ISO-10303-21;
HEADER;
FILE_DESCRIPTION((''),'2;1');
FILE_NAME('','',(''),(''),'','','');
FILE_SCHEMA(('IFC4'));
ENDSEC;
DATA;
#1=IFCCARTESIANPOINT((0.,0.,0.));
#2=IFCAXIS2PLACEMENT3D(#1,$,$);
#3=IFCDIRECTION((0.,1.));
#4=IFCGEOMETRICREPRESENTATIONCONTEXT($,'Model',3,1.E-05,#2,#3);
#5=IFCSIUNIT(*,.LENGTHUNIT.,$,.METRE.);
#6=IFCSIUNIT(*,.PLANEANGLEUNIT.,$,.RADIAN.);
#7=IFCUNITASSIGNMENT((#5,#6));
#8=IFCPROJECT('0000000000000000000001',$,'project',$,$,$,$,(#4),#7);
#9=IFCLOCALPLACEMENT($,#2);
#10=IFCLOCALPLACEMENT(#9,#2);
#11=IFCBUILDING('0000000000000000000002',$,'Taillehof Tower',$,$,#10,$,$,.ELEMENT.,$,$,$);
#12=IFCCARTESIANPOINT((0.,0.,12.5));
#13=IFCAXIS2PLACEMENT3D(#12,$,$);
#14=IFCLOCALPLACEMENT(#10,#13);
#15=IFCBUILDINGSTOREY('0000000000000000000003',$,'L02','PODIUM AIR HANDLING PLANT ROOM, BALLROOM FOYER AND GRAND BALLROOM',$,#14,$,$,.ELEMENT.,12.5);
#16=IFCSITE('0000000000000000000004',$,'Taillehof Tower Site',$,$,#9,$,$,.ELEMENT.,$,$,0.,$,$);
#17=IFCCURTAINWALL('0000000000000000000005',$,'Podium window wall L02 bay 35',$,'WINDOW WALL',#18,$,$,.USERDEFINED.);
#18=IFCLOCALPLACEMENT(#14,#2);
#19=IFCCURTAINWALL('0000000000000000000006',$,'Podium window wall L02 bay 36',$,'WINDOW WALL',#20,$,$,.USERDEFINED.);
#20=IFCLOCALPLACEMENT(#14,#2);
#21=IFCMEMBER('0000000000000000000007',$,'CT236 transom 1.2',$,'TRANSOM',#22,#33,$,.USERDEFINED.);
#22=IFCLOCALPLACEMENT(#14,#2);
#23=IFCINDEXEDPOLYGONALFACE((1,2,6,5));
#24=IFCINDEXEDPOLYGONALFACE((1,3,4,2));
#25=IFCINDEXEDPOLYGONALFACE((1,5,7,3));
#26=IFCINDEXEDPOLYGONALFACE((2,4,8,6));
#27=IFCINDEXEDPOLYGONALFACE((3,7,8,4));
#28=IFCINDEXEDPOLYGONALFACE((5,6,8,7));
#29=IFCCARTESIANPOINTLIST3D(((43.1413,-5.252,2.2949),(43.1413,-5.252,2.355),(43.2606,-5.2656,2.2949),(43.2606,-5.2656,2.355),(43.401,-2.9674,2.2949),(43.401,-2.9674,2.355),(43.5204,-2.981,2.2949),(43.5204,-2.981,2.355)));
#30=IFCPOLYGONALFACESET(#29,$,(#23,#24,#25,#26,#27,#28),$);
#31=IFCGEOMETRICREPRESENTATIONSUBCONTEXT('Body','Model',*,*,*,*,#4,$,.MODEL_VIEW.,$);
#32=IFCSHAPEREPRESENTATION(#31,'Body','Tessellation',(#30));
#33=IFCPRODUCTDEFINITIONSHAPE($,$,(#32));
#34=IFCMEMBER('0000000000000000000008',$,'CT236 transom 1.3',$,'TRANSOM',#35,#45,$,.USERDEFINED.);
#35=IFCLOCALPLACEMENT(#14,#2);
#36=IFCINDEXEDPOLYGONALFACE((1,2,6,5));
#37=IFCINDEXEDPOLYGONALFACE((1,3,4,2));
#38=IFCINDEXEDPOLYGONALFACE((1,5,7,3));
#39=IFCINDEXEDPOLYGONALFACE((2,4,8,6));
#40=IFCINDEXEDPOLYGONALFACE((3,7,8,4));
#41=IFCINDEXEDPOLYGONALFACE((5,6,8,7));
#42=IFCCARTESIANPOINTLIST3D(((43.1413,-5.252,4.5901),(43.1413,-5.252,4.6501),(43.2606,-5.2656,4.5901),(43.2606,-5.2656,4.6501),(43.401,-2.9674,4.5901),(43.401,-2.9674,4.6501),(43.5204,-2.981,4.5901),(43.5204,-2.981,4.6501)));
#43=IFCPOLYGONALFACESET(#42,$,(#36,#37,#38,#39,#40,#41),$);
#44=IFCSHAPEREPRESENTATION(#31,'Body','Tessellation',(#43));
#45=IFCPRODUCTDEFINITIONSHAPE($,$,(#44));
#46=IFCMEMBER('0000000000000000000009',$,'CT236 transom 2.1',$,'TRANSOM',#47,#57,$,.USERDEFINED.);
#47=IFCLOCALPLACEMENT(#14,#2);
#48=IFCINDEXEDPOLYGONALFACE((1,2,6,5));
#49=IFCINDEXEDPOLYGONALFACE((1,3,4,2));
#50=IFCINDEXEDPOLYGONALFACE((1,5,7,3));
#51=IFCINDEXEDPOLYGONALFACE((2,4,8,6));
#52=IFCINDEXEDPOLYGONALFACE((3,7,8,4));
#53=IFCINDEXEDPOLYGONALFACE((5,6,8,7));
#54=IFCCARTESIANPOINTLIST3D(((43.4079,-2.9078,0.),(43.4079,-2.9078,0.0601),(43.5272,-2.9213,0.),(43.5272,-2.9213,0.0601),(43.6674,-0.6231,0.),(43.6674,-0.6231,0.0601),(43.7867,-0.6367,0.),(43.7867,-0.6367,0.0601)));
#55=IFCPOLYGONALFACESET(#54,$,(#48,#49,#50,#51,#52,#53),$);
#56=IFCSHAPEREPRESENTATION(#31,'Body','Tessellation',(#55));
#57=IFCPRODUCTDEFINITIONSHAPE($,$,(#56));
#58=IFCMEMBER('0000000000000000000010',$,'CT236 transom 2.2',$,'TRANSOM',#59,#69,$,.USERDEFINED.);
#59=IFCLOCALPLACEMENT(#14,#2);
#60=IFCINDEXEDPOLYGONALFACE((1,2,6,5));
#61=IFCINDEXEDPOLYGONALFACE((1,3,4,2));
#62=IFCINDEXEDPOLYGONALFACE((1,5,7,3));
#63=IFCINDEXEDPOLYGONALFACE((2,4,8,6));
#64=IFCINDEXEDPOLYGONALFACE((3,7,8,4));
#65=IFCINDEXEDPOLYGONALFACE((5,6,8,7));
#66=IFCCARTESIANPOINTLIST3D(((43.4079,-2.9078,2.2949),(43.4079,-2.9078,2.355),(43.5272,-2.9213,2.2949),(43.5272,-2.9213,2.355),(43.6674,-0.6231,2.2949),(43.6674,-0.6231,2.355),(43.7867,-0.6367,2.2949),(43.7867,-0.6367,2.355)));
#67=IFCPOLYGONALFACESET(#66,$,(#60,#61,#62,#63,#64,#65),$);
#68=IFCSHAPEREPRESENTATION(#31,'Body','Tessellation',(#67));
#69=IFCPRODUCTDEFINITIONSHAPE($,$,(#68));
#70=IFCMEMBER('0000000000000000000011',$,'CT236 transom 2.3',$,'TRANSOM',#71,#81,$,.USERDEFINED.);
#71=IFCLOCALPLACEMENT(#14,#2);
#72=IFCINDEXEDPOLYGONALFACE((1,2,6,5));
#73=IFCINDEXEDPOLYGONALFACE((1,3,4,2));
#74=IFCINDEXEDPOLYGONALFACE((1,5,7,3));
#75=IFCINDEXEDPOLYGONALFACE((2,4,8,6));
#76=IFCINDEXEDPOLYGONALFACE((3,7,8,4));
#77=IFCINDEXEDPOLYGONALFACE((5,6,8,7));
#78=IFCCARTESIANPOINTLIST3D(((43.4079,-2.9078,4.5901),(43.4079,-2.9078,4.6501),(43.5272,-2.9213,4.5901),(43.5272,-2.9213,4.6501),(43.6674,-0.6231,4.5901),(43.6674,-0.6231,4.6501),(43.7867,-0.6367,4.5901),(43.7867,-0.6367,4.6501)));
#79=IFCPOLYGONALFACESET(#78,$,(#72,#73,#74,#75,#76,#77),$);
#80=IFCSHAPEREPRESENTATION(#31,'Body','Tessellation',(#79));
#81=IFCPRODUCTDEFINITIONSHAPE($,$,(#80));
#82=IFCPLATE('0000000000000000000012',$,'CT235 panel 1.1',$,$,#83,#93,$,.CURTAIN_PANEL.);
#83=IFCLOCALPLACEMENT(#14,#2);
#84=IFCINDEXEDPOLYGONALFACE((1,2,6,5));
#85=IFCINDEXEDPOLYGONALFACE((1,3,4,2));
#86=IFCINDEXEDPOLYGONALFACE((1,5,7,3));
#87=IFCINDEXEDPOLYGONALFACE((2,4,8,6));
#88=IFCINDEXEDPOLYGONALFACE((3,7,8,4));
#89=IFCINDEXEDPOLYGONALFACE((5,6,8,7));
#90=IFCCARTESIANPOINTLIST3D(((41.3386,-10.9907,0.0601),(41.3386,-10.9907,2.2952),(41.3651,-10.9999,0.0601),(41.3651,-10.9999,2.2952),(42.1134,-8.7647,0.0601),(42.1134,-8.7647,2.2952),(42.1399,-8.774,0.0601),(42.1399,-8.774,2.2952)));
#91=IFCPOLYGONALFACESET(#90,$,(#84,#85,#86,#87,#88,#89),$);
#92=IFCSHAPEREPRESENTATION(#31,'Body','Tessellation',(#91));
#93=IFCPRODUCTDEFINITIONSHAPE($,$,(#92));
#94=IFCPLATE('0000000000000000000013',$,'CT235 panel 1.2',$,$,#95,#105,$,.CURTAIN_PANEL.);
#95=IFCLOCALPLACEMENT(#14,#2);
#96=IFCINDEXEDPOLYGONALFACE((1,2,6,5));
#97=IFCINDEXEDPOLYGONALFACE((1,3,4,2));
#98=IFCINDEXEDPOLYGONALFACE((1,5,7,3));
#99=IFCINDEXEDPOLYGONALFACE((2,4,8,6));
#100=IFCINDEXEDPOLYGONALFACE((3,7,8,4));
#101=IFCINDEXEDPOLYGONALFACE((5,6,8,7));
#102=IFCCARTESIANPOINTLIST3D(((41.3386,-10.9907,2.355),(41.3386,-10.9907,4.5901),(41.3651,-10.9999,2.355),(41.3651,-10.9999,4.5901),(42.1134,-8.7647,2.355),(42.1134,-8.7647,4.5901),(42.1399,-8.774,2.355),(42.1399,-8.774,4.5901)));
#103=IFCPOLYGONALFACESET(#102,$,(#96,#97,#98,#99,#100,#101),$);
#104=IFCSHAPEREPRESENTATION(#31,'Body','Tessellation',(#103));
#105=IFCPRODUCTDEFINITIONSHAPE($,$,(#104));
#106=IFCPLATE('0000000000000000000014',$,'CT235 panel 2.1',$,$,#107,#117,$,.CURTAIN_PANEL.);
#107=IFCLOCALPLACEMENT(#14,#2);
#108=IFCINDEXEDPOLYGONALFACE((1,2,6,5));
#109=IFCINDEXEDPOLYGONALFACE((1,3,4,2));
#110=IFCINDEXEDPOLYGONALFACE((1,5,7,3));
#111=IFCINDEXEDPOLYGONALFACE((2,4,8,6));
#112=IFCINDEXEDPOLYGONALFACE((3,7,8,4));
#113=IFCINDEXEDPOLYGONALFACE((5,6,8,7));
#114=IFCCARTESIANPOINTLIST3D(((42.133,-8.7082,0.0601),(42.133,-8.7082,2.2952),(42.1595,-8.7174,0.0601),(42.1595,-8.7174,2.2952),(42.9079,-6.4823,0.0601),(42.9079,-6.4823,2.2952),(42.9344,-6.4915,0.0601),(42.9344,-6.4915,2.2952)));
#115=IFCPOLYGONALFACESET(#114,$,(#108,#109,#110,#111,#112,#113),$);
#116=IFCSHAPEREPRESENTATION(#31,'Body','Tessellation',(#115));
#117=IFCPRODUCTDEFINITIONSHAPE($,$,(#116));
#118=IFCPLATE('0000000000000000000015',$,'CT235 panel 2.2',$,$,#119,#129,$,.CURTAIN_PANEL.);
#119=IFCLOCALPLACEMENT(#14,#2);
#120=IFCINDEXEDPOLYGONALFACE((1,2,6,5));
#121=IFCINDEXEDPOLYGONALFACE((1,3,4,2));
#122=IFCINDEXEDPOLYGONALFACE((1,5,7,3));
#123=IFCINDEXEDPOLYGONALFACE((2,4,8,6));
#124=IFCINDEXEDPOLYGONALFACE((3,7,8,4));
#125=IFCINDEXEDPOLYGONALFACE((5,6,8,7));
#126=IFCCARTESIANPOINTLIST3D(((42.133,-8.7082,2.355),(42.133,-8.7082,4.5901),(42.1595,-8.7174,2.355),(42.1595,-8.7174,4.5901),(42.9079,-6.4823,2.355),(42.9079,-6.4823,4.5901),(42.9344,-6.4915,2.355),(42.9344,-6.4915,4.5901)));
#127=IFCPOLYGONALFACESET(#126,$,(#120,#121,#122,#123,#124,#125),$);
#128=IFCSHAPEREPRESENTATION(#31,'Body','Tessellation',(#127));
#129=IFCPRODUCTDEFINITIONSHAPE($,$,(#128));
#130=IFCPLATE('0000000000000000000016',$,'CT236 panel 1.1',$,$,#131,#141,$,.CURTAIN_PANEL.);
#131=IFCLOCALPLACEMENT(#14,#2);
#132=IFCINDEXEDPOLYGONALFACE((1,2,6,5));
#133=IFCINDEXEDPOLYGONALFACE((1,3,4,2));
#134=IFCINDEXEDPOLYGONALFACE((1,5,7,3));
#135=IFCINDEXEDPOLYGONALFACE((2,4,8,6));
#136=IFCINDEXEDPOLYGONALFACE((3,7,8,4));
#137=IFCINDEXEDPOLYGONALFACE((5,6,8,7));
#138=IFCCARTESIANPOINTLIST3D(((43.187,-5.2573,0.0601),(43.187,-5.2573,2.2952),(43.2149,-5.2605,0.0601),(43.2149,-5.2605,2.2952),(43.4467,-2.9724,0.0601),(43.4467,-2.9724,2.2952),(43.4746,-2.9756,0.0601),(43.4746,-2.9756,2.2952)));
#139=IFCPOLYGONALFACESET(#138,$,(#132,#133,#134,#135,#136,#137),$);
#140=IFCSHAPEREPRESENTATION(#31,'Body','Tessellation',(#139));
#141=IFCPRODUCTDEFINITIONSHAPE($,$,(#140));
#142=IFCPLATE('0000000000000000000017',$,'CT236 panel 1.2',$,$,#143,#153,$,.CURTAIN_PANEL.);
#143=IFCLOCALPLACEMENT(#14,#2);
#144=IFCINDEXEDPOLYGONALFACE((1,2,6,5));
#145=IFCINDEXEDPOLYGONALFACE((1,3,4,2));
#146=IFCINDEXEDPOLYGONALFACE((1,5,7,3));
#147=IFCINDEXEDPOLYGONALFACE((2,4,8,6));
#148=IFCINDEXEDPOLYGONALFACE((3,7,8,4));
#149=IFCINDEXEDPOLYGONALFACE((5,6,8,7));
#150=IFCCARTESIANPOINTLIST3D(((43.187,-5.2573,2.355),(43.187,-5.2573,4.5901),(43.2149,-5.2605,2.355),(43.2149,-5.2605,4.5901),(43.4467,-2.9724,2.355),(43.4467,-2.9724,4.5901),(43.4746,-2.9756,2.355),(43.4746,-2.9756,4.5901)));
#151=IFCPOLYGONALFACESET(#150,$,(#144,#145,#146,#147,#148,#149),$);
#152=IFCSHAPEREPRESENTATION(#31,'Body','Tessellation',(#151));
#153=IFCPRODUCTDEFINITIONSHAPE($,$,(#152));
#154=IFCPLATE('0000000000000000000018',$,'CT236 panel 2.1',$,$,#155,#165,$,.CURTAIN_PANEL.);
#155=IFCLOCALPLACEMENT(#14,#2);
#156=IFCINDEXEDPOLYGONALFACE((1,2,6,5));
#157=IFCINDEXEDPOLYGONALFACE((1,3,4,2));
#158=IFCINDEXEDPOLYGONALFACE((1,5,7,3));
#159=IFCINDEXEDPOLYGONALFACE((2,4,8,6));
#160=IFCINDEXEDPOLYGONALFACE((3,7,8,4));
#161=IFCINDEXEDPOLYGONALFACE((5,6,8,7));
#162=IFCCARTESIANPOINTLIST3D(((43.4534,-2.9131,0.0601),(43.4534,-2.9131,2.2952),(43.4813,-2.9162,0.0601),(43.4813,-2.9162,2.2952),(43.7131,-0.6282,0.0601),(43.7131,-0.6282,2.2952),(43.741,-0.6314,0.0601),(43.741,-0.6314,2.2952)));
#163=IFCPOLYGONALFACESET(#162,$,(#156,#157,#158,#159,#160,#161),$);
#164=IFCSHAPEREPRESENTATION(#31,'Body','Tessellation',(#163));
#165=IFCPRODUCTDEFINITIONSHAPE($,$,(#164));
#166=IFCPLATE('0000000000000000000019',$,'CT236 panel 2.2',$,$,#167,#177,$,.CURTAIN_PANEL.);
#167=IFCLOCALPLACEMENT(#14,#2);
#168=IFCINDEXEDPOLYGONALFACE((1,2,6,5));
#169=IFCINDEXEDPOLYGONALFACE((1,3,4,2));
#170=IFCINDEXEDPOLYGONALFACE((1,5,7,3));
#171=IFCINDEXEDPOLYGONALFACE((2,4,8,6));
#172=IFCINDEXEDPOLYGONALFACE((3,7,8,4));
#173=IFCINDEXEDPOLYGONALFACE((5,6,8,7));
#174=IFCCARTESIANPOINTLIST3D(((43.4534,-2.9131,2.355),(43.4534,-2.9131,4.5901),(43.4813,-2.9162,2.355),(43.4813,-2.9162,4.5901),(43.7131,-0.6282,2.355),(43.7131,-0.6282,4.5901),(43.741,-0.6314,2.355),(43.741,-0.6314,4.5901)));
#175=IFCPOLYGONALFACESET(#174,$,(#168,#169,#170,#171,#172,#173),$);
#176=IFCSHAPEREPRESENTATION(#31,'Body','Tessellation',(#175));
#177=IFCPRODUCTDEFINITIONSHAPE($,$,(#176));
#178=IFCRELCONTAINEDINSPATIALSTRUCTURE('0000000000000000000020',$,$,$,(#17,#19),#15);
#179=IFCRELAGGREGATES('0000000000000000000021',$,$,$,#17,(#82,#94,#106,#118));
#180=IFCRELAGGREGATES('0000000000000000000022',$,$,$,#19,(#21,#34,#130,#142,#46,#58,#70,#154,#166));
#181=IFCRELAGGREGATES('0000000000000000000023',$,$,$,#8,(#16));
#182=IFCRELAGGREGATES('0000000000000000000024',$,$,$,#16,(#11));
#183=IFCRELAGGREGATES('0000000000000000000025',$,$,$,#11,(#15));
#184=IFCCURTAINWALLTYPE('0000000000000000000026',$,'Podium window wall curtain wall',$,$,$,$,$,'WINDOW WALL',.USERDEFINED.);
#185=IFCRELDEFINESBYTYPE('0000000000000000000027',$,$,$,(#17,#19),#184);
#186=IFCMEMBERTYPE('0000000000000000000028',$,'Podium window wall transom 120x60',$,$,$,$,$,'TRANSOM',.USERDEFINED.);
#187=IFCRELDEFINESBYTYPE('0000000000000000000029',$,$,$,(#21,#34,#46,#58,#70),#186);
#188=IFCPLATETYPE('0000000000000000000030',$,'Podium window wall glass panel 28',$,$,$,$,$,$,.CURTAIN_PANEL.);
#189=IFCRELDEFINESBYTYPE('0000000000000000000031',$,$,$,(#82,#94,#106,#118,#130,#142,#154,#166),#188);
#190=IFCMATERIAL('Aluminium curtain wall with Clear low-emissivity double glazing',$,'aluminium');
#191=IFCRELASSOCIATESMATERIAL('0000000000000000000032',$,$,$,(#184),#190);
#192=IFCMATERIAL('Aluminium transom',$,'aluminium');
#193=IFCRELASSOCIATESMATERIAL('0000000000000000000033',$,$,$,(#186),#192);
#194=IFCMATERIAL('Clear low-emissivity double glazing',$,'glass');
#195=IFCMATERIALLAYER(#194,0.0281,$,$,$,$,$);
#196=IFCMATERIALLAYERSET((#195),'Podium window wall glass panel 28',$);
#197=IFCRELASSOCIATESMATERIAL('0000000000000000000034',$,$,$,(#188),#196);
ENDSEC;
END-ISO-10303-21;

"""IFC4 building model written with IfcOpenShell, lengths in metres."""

from ifc_helpers import new_model, si_unit, direction, frame, origin, origin_2d, place, context, subcontext, project, spatial, rectangle, extrude, material, layer, layer_set, material_profile, profile_set, type_object, element, aggregate, save


model = new_model("IFC4")

# Units and contexts
model_context = context("Model", 3, precision=1e-05, world=origin(), true_north=direction((0.0, 1.0)))
body_context = subcontext(model_context, "Body", "Model", "MODEL_VIEW")
ifc_project = project(units=[si_unit("LENGTHUNIT", "METRE"), si_unit("PLANEANGLEUNIT", "RADIAN")], contexts=[model_context])

# Site, building, storey
site_placement = place(None, origin())
site = spatial("IfcSite", under=ifc_project, at=site_placement, Name="Taillehof Tower Site", CompositionType="ELEMENT", RefElevation=0.0)
building_placement = place(site_placement, origin())
building = spatial("IfcBuilding", under=site, at=building_placement, Name="Taillehof Tower", CompositionType="ELEMENT")
storey_placement = place(building_placement, frame((0.0, 0.0, 12.5)))
storey = spatial("IfcBuildingStorey", under=building, at=storey_placement, Name="L02", Description="PODIUM AIR HANDLING PLANT ROOM, BALLROOM FOYER AND GRAND BALLROOM", CompositionType="ELEMENT", Elevation=12.5)

# Curtain walls
ifc_material_1 = material(Name="Aluminium curtain wall with Clear low-emissivity double glazing", Category="aluminium")
curtain_wall_type = type_object("IfcCurtainWallType", Name="Podium window wall curtain wall", ElementType="WINDOW WALL", PredefinedType="USERDEFINED", material=ifc_material_1)
curtain_wall_1_placement = place(storey_placement, origin())
curtain_wall_1 = element("IfcCurtainWall", 1, at=curtain_wall_1_placement, inside=storey, type_object=curtain_wall_type, Name="Podium window wall L02 bay 35", ObjectType="WINDOW WALL", PredefinedType="USERDEFINED")
curtain_wall_2_placement = place(storey_placement, origin())
curtain_wall_2 = element("IfcCurtainWall", 2, at=curtain_wall_2_placement, inside=storey, type_object=curtain_wall_type, Name="Podium window wall L02 bay 36", ObjectType="WINDOW WALL", PredefinedType="USERDEFINED")

# Members
ifc_material_2 = material(Name="Aluminium transom", Category="aluminium")
ifc_material_profile_1 = material_profile(ifc_material_2, rectangle(XDim=0.1201, YDim=0.0601, at=origin_2d()), Name="AL 120x60")
ifc_profile_set_1 = profile_set([ifc_material_profile_1], Name="Aluminium transom")
member_type_1 = type_object("IfcMemberType", Name="Podium window wall transom 120x60", ElementType="TRANSOM", PredefinedType="USERDEFINED", material=ifc_profile_set_1)
member_1_placement = place(storey_placement, frame((43.2009, -5.2588, 2.325), z_axis=(0.112972, 0.993598, 0.0), x_axis=(-0.993598, 0.112972, 0.0)))
member_1 = element("IfcMember", 3, at=member_1_placement, type_object=member_type_1, Name="CT236 transom 1.2", ObjectType="TRANSOM", PredefinedType="USERDEFINED", context=body_context, shape_type="SweptSolid", body=[
    extrude(rectangle(XDim=0.1201, YDim=0.0601, at=origin_2d()), origin(), (0.0, 0.0, 1.0), 2.2993),
])
member_2_placement = place(storey_placement, frame((43.2009, -5.2588, 4.6201), z_axis=(0.112972, 0.993598, 0.0), x_axis=(-0.993598, 0.112972, 0.0)))
member_2 = element("IfcMember", 4, at=member_2_placement, type_object=member_type_1, Name="CT236 transom 1.3", ObjectType="TRANSOM", PredefinedType="USERDEFINED", context=body_context, shape_type="SweptSolid", body=[
    extrude(rectangle(XDim=0.1201, YDim=0.0601, at=origin_2d()), origin(), (0.0, 0.0, 1.0), 2.2993),
])
member_3_placement = place(storey_placement, frame((43.4675, -2.9146, 0.03), z_axis=(0.112867, 0.99361, 0.0), x_axis=(-0.99361, 0.112867, 0.0)))
member_3 = element("IfcMember", 5, at=member_3_placement, type_object=member_type_1, Name="CT236 transom 2.1", ObjectType="TRANSOM", PredefinedType="USERDEFINED", context=body_context, shape_type="SweptSolid", body=[
    extrude(rectangle(XDim=0.1201, YDim=0.0601, at=origin_2d()), origin(), (0.0, 0.0, 1.0), 2.2993),
])
member_4_placement = place(storey_placement, frame((43.4675, -2.9146, 2.325), z_axis=(0.112867, 0.99361, 0.0), x_axis=(-0.99361, 0.112867, 0.0)))
member_4 = element("IfcMember", 6, at=member_4_placement, type_object=member_type_1, Name="CT236 transom 2.2", ObjectType="TRANSOM", PredefinedType="USERDEFINED", context=body_context, shape_type="SweptSolid", body=[
    extrude(rectangle(XDim=0.1201, YDim=0.0601, at=origin_2d()), origin(), (0.0, 0.0, 1.0), 2.2993),
])
member_5_placement = place(storey_placement, frame((43.4675, -2.9146, 4.6201), z_axis=(0.112867, 0.99361, 0.0), x_axis=(-0.99361, 0.112867, 0.0)))
member_5 = element("IfcMember", 7, at=member_5_placement, type_object=member_type_1, Name="CT236 transom 2.3", ObjectType="TRANSOM", PredefinedType="USERDEFINED", context=body_context, shape_type="SweptSolid", body=[
    extrude(rectangle(XDim=0.1201, YDim=0.0601, at=origin_2d()), origin(), (0.0, 0.0, 1.0), 2.2993),
])

# Plates
ifc_material_3 = material(Name="Clear low-emissivity double glazing", Category="glass")
ifc_layer = layer(ifc_material_3, 0.0281)
ifc_layer_set = layer_set([ifc_layer], Name="Podium window wall glass panel 28")
plate_type = type_object("IfcPlateType", Name="Podium window wall glass panel 28", PredefinedType="CURTAIN_PANEL", material=ifc_layer_set)
plate_1_placement = place(storey_placement, frame((41.7393, -9.8823, 0.0601), z_axis=(0.0, 0.0, 1.0), x_axis=(0.328758, 0.944414, 0.0)))
plate_1 = element("IfcPlate", 8, at=plate_1_placement, type_object=plate_type, Name="CT235 panel 1.1", PredefinedType="CURTAIN_PANEL", context=body_context, shape_type="SweptSolid", body=[
    extrude(rectangle(XDim=2.3569, YDim=0.0281, at=origin_2d()), origin(), (0.0, 0.0, 1.0), 2.2351),
])
plate_2_placement = place(storey_placement, frame((41.7393, -9.8823, 2.355), z_axis=(0.0, 0.0, 1.0), x_axis=(0.328758, 0.944414, 0.0)))
plate_2 = element("IfcPlate", 9, at=plate_2_placement, type_object=plate_type, Name="CT235 panel 1.2", PredefinedType="CURTAIN_PANEL", context=body_context, shape_type="SweptSolid", body=[
    extrude(rectangle(XDim=2.3569, YDim=0.0281, at=origin_2d()), origin(), (0.0, 0.0, 1.0), 2.2351),
])
plate_3_placement = place(storey_placement, frame((42.5337, -7.5999, 0.0601), z_axis=(0.0, 0.0, 1.0), x_axis=(0.328758, 0.944414, 0.0)))
plate_3 = element("IfcPlate", 10, at=plate_3_placement, type_object=plate_type, Name="CT235 panel 2.1", PredefinedType="CURTAIN_PANEL", context=body_context, shape_type="SweptSolid", body=[
    extrude(rectangle(XDim=2.3569, YDim=0.0281, at=origin_2d()), origin(), (0.0, 0.0, 1.0), 2.2351),
])
plate_4_placement = place(storey_placement, frame((42.5337, -7.5999, 2.355), z_axis=(0.0, 0.0, 1.0), x_axis=(0.328758, 0.944414, 0.0)))
plate_4 = element("IfcPlate", 11, at=plate_4_placement, type_object=plate_type, Name="CT235 panel 2.2", PredefinedType="CURTAIN_PANEL", context=body_context, shape_type="SweptSolid", body=[
    extrude(rectangle(XDim=2.3569, YDim=0.0281, at=origin_2d()), origin(), (0.0, 0.0, 1.0), 2.2351),
])
aggregate(curtain_wall_1, [plate_1, plate_2, plate_3, plate_4])
plate_5_placement = place(storey_placement, frame((43.3308, -4.1165, 0.0601), z_axis=(0.0, 0.0, 1.0), x_axis=(0.112932, 0.993603, 0.0)))
plate_5 = element("IfcPlate", 12, at=plate_5_placement, type_object=plate_type, Name="CT236 panel 1.1", PredefinedType="CURTAIN_PANEL", context=body_context, shape_type="SweptSolid", body=[
    extrude(rectangle(XDim=2.2996, YDim=0.0281, at=origin_2d()), origin(), (0.0, 0.0, 1.0), 2.2351),
])
plate_6_placement = place(storey_placement, frame((43.3308, -4.1165, 2.355), z_axis=(0.0, 0.0, 1.0), x_axis=(0.112932, 0.993603, 0.0)))
plate_6 = element("IfcPlate", 13, at=plate_6_placement, type_object=plate_type, Name="CT236 panel 1.2", PredefinedType="CURTAIN_PANEL", context=body_context, shape_type="SweptSolid", body=[
    extrude(rectangle(XDim=2.2996, YDim=0.0281, at=origin_2d()), origin(), (0.0, 0.0, 1.0), 2.2351),
])
plate_7_placement = place(storey_placement, frame((43.5972, -1.7722, 0.0601), z_axis=(0.0, 0.0, 1.0), x_axis=(0.112932, 0.993603, 0.0)))
plate_7 = element("IfcPlate", 14, at=plate_7_placement, type_object=plate_type, Name="CT236 panel 2.1", PredefinedType="CURTAIN_PANEL", context=body_context, shape_type="SweptSolid", body=[
    extrude(rectangle(XDim=2.2996, YDim=0.0281, at=origin_2d()), origin(), (0.0, 0.0, 1.0), 2.2351),
])
plate_8_placement = place(storey_placement, frame((43.5972, -1.7722, 2.355), z_axis=(0.0, 0.0, 1.0), x_axis=(0.112932, 0.993603, 0.0)))
plate_8 = element("IfcPlate", 15, at=plate_8_placement, type_object=plate_type, Name="CT236 panel 2.2", PredefinedType="CURTAIN_PANEL", context=body_context, shape_type="SweptSolid", body=[
    extrude(rectangle(XDim=2.2996, YDim=0.0281, at=origin_2d()), origin(), (0.0, 0.0, 1.0), 2.2351),
])
aggregate(curtain_wall_2, [member_1, member_2, plate_5, plate_6, member_3, member_4, member_5, plate_7, plate_8])

save(model, "model.ifc")
